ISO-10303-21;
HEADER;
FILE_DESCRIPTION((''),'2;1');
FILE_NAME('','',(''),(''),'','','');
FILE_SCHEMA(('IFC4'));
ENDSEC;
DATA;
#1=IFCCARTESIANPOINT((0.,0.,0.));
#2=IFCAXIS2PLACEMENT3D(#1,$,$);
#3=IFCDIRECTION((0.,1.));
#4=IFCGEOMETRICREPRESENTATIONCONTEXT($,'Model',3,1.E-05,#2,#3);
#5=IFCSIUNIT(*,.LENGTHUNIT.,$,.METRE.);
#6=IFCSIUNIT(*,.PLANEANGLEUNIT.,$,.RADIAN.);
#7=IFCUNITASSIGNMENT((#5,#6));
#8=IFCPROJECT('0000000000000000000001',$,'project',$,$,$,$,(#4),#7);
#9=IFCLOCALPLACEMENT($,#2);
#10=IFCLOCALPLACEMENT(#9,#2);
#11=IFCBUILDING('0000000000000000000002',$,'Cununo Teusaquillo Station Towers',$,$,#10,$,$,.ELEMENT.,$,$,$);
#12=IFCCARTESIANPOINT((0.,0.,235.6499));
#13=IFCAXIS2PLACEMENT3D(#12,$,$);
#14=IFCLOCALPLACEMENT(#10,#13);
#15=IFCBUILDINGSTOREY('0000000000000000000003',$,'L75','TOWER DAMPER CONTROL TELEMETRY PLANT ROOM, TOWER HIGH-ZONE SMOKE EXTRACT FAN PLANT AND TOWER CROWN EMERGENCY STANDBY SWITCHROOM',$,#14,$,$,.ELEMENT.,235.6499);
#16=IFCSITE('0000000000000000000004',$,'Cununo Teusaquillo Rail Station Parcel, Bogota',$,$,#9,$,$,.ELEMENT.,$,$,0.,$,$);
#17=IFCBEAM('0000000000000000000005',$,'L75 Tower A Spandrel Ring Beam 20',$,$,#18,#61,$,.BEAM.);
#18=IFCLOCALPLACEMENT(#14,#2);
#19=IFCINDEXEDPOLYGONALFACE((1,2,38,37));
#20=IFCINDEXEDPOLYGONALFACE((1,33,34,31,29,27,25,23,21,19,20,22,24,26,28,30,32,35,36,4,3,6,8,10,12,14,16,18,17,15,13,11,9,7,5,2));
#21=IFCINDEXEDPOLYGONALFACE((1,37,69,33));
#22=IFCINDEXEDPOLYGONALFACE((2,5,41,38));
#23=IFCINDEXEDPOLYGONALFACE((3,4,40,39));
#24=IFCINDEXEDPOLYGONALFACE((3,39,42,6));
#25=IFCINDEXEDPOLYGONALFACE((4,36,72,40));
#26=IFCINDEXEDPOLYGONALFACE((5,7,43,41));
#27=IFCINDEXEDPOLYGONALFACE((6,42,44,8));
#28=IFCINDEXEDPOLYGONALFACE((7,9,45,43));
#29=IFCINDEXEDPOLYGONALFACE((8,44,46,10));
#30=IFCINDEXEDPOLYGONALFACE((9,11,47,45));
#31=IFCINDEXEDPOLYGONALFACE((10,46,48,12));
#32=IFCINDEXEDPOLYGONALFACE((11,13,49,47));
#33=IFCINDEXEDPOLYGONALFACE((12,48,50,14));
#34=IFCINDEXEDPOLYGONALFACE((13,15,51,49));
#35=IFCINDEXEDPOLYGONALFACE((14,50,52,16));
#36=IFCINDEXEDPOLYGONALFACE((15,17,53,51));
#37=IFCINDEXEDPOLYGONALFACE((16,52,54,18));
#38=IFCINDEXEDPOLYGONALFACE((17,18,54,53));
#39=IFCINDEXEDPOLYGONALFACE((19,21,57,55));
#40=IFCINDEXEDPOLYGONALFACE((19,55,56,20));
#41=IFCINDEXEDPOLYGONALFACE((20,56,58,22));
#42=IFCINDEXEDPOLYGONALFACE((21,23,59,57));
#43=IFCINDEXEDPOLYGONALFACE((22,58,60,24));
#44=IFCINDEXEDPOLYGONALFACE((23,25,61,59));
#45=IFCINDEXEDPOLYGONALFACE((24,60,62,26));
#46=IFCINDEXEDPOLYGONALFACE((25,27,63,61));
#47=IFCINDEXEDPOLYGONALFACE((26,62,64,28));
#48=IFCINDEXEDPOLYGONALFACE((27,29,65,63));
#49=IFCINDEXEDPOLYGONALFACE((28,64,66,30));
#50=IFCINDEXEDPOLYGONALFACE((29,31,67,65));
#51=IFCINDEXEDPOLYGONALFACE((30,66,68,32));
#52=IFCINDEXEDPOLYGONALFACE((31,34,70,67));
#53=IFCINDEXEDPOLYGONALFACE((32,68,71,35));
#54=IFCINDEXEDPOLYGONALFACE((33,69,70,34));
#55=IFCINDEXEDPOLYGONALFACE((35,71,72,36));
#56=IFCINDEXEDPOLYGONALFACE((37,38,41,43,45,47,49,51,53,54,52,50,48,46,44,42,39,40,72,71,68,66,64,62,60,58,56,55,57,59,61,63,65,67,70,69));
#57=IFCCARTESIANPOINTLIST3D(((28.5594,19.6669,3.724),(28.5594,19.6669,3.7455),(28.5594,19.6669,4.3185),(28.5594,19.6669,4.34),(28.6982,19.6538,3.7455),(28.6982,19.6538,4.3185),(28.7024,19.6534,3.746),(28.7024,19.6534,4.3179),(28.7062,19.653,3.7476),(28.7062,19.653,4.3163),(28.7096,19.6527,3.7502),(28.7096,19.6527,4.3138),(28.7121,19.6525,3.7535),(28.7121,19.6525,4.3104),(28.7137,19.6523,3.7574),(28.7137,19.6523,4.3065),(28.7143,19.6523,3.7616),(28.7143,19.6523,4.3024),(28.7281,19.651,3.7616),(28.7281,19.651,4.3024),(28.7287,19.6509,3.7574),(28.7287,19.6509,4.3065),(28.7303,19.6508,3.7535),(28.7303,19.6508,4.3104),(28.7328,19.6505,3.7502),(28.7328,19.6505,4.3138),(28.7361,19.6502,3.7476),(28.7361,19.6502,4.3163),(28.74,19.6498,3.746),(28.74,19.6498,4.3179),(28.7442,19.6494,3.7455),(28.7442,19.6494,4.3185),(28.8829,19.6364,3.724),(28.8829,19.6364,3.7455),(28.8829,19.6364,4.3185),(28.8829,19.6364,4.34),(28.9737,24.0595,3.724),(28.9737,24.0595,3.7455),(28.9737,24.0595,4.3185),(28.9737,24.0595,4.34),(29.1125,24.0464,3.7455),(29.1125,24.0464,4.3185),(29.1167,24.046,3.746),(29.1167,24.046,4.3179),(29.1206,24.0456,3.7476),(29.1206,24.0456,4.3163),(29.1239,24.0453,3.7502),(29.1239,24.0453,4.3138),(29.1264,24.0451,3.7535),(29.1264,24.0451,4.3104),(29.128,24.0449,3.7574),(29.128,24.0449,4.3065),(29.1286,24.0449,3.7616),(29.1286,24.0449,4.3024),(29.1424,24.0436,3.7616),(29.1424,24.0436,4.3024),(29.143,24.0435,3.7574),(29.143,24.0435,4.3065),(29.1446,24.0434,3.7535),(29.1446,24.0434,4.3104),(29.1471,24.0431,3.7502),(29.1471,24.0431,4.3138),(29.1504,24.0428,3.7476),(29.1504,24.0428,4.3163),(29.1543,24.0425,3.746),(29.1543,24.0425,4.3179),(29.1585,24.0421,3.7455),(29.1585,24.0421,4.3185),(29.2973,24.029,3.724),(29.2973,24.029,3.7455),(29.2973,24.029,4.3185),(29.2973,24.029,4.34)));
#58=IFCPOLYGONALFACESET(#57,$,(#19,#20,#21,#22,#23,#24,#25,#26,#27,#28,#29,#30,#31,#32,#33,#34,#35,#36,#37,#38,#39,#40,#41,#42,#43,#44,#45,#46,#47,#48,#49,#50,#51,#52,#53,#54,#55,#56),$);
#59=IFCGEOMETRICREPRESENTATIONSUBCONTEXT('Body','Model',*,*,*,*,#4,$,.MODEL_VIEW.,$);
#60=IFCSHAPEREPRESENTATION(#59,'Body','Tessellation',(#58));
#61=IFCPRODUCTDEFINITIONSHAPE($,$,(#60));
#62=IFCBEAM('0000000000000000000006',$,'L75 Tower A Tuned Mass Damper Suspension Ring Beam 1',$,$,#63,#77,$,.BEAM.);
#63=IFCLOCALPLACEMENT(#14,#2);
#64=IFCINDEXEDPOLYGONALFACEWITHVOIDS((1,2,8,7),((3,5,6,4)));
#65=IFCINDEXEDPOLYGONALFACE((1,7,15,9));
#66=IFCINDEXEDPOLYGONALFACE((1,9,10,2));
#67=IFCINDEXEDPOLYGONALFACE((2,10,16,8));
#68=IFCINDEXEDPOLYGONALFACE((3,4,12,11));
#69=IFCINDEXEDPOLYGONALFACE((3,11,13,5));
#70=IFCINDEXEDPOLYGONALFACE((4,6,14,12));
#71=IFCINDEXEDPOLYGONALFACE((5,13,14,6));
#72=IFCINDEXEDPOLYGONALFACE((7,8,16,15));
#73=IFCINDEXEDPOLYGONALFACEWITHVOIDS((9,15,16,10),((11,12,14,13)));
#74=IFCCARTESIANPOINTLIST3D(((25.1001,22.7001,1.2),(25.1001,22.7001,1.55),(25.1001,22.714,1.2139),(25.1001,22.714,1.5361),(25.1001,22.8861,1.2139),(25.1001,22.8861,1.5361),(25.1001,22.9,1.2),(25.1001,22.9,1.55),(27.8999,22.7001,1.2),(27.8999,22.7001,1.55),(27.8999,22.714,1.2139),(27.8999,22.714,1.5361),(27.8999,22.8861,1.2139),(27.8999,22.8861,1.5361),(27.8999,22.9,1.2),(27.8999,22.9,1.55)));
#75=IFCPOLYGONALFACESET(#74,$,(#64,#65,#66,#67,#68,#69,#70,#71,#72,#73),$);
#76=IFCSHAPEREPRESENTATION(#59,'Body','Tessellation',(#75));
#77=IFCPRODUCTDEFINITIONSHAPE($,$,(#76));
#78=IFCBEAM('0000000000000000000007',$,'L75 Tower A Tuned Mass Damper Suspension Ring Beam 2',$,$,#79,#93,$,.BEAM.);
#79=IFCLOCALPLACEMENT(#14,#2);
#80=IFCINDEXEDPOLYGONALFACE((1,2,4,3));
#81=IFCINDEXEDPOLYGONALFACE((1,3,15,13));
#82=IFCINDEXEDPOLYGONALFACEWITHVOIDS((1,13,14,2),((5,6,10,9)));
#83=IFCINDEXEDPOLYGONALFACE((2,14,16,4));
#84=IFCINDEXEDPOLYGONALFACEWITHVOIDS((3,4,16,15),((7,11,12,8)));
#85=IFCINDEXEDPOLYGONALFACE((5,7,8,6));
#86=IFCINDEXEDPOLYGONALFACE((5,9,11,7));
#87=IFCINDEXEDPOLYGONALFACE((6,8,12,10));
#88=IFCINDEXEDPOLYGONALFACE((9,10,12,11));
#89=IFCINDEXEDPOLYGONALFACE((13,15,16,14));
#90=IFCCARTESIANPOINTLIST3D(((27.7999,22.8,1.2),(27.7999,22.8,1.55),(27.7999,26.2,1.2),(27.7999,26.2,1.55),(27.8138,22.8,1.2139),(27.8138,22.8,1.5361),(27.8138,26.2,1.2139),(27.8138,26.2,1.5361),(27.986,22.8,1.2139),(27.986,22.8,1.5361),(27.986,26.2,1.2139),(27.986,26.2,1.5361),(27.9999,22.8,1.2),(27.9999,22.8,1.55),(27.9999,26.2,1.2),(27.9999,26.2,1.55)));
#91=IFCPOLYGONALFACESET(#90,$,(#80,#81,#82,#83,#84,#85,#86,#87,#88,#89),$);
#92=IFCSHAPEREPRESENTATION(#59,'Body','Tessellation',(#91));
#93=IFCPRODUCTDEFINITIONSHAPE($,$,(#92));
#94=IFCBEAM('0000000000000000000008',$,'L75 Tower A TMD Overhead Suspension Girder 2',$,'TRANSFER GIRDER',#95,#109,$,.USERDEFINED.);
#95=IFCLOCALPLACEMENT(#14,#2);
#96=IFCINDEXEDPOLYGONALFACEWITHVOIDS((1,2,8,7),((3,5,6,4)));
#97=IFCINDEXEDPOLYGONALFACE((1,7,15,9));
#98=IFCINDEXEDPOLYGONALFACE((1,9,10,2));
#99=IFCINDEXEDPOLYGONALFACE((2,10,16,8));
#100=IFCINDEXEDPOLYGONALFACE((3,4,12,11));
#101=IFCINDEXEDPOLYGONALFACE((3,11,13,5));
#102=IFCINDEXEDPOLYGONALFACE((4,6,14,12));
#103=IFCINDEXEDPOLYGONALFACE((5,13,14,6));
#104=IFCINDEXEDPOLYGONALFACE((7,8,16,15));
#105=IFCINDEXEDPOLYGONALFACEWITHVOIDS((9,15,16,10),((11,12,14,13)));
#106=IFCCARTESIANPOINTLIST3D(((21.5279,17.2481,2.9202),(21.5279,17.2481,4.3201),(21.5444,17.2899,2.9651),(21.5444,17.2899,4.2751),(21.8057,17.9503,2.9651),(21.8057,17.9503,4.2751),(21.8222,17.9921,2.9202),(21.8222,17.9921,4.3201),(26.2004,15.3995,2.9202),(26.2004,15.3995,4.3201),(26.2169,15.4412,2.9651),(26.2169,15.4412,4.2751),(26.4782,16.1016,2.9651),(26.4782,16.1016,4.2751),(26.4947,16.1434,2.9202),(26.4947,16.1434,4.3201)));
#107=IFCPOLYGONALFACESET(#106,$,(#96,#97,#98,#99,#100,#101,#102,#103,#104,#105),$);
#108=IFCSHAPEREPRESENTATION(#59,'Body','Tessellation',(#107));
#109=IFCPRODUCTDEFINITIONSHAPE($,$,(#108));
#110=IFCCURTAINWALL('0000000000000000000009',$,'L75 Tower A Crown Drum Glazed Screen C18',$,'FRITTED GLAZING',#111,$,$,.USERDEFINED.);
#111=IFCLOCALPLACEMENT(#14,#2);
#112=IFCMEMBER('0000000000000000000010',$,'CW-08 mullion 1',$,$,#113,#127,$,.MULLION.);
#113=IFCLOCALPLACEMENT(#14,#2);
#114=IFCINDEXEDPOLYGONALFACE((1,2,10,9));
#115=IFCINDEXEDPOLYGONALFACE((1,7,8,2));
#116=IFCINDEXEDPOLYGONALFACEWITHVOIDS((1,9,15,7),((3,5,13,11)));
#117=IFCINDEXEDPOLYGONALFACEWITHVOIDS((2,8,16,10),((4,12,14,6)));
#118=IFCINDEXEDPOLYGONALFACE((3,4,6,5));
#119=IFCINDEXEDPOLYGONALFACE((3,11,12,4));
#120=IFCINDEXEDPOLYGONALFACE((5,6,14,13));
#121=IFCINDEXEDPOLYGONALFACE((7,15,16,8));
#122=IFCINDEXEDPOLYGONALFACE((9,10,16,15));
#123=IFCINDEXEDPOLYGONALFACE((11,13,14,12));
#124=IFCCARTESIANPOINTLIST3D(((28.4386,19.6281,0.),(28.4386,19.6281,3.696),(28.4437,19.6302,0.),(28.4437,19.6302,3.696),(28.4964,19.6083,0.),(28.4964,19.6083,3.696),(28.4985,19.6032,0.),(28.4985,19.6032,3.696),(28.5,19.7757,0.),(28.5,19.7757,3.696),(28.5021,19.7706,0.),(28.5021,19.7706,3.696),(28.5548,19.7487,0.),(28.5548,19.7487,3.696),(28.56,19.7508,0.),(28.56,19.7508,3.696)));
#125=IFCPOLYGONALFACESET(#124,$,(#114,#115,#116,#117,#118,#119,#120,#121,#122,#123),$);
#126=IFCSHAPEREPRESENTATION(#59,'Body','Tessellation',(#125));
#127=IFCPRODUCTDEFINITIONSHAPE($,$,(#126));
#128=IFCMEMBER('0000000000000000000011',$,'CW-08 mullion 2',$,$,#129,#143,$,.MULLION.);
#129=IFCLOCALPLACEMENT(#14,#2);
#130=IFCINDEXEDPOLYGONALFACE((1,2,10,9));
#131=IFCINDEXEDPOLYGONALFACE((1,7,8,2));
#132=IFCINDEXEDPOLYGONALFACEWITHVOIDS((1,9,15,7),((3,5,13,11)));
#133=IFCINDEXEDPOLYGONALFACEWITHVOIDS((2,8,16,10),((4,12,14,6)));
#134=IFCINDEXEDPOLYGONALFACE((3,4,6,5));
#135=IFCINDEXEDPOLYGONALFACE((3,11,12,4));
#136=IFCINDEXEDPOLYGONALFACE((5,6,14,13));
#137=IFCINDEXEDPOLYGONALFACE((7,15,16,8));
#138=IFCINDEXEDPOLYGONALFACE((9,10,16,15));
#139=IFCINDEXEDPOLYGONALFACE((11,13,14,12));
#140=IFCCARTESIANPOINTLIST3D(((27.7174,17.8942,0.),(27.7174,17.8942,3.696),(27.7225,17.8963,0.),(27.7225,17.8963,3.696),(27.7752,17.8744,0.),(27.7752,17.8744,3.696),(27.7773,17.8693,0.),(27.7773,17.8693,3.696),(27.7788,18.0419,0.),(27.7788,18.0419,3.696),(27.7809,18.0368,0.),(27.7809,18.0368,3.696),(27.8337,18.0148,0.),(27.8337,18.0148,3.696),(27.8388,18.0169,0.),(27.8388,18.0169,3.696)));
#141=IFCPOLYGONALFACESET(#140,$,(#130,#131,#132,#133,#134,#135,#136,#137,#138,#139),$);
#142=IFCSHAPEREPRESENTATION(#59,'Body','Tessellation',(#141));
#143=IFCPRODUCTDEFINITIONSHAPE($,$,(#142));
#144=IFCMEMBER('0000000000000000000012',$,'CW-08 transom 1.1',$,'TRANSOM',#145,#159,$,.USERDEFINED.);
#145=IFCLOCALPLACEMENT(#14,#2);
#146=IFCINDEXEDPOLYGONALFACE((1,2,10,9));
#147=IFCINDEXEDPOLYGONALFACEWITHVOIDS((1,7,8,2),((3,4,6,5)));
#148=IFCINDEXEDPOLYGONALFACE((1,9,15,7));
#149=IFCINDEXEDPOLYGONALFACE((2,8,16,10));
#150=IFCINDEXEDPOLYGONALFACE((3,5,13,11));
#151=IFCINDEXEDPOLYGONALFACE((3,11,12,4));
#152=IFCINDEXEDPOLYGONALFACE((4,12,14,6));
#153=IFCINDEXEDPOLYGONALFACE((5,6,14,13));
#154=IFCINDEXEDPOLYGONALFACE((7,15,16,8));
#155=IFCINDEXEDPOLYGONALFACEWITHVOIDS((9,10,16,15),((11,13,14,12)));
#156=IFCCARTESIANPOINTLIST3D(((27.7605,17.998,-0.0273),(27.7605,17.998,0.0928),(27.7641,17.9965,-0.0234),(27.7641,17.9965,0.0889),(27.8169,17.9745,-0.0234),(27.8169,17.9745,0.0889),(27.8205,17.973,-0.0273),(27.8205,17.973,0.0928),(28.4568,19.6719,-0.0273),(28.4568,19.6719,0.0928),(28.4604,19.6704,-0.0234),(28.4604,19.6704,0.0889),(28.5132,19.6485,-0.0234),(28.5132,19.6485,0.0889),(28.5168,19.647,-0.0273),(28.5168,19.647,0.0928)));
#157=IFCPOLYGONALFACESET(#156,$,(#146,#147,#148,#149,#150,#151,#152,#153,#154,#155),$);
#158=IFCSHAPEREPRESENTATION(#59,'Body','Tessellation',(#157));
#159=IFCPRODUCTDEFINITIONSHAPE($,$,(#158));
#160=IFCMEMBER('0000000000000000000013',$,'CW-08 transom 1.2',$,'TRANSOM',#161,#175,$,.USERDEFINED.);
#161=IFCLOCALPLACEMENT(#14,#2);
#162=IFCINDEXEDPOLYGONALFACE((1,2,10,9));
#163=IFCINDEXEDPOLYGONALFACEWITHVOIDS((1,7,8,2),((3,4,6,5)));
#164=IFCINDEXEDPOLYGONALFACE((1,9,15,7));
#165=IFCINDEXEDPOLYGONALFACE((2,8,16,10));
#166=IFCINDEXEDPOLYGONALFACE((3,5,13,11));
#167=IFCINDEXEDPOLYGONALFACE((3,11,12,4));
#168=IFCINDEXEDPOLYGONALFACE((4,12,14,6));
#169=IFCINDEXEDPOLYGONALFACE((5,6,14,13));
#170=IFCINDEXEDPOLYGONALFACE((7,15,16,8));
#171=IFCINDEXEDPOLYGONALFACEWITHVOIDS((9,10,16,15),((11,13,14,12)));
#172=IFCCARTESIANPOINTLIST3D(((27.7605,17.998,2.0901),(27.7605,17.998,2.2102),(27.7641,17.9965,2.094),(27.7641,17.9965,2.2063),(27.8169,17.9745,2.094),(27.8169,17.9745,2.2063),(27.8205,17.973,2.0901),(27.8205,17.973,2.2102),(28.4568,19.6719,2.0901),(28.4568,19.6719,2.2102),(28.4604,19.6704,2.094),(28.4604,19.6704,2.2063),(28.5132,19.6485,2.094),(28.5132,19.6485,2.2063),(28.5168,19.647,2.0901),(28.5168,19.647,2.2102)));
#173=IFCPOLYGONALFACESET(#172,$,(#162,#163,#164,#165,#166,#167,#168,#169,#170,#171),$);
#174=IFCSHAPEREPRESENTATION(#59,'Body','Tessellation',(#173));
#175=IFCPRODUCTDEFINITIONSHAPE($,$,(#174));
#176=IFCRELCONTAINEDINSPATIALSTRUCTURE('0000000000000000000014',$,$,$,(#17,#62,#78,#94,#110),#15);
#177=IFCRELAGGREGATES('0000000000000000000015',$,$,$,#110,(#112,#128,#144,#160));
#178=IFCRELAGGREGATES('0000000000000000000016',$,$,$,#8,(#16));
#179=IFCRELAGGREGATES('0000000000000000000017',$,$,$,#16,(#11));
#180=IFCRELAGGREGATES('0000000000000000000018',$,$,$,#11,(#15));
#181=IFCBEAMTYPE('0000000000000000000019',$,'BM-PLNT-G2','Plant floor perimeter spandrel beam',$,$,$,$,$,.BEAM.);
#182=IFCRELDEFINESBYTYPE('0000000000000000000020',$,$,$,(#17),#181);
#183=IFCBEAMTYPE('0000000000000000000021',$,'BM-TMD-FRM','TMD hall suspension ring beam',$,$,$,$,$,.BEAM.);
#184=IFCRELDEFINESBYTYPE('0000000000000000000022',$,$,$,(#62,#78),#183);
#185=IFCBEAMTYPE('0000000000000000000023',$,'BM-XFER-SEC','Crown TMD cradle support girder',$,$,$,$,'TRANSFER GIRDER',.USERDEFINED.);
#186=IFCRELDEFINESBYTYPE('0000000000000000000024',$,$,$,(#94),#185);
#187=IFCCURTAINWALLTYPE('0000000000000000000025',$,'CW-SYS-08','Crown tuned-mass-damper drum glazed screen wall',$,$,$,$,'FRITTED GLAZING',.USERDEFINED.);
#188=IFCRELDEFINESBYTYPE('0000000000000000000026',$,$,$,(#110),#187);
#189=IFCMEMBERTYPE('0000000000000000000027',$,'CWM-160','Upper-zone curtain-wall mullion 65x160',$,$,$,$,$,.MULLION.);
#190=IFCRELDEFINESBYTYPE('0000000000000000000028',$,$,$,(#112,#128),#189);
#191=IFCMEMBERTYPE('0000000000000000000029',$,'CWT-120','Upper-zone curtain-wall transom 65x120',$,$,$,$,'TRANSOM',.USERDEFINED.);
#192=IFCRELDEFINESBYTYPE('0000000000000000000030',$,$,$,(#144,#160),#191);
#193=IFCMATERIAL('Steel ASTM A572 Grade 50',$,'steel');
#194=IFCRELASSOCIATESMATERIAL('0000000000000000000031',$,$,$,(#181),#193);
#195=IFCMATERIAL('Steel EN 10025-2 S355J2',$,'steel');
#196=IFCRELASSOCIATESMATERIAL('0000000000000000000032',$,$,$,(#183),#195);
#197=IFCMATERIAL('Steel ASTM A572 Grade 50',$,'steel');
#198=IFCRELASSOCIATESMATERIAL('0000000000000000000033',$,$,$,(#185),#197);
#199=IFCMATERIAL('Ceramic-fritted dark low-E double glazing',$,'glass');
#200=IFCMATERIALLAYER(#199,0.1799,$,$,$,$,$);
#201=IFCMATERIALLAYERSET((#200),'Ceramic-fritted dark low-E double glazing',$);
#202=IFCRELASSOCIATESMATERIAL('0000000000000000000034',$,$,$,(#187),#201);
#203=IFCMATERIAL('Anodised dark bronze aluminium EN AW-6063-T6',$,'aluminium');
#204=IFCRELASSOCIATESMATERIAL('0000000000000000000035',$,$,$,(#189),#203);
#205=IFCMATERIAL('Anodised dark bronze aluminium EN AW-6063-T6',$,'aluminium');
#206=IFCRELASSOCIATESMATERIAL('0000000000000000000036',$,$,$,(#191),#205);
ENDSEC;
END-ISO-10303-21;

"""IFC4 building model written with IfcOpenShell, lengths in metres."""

from ifc_helpers import new_model, si_unit, direction, frame, origin, origin_2d, place, context, subcontext, project, spatial, hollow_rectangle, i_section, extrude, material, layer, layer_set, material_profile, profile_set, type_object, element, aggregate, save


model = new_model("IFC4")

# Units and contexts
model_context = context("Model", 3, precision=1e-05, world=origin(), true_north=direction((0.0, 1.0)))
body_context = subcontext(model_context, "Body", "Model", "MODEL_VIEW")
ifc_project = project(units=[si_unit("LENGTHUNIT", "METRE"), si_unit("PLANEANGLEUNIT", "RADIAN")], contexts=[model_context])

# Site, building, storey
site_placement = place(None, origin())
site = spatial("IfcSite", under=ifc_project, at=site_placement, Name="Cununo Teusaquillo Rail Station Parcel, Bogota", CompositionType="ELEMENT", RefElevation=0.0)
building_placement = place(site_placement, origin())
building = spatial("IfcBuilding", under=site, at=building_placement, Name="Cununo Teusaquillo Station Towers", CompositionType="ELEMENT")
storey_placement = place(building_placement, frame((0.0, 0.0, 235.6499)))
storey = spatial("IfcBuildingStorey", under=building, at=storey_placement, Name="L75", Description="TOWER DAMPER CONTROL TELEMETRY PLANT ROOM, TOWER HIGH-ZONE SMOKE EXTRACT FAN PLANT AND TOWER CROWN EMERGENCY STANDBY SWITCHROOM", CompositionType="ELEMENT", Elevation=235.6499)

# Beams
ifc_material_1 = material(Name="Steel ASTM A572 Grade 50", Category="steel")
ifc_material_profile_1 = material_profile(ifc_material_1, i_section(OverallWidth=0.325, OverallDepth=0.616, WebThickness=0.0139, FlangeThickness=0.0215, FilletRadius=0.0161, at=origin_2d()), Name="W24X117")
ifc_profile_set_1 = profile_set([ifc_material_profile_1], Name="Steel ASTM A572 Grade 50")
beam_type_1 = type_object("IfcBeamType", Name="BM-PLNT-G2", Description="Plant floor perimeter spandrel beam", PredefinedType="BEAM", material=ifc_profile_set_1)
beam_1_placement = place(storey_placement, frame((28.7212, 19.6516, 4.032), z_axis=(0.093903, 0.995581, 0.0), x_axis=(-0.995581, 0.093903, 0.0)))
element("IfcBeam", 1, at=beam_1_placement, inside=storey, type_object=beam_type_1, Name="L75 Tower A Spandrel Ring Beam 20", PredefinedType="BEAM", context=body_context, shape_type="SweptSolid", body=[
    extrude(i_section(OverallWidth=0.325, OverallDepth=0.616, WebThickness=0.0139, FlangeThickness=0.0215, FilletRadius=0.0161, at=origin_2d()), origin(), (0.0, 0.0, 1.0), 4.4121),
])
ifc_material_2 = material(Name="Steel EN 10025-2 S355J2", Category="steel")
ifc_material_profile_2 = material_profile(ifc_material_2, hollow_rectangle(XDim=0.2, YDim=0.3501, WallThickness=0.0139, at=origin_2d()), Name="RHS 350x200x14")
ifc_profile_set_2 = profile_set([ifc_material_profile_2], Name="Steel EN 10025-2 S355J2")
beam_type_2 = type_object("IfcBeamType", Name="BM-TMD-FRM", Description="TMD hall suspension ring beam", PredefinedType="BEAM", material=ifc_profile_set_2)
beam_2_placement = place(storey_placement, frame((25.1001, 22.8, 1.375), z_axis=(1.0, 0.0, 0.0), x_axis=(0.0, 1.0, 0.0)))
element("IfcBeam", 2, at=beam_2_placement, inside=storey, type_object=beam_type_2, Name="L75 Tower A Tuned Mass Damper Suspension Ring Beam 1", PredefinedType="BEAM", context=body_context, shape_type="SweptSolid", body=[
    extrude(hollow_rectangle(XDim=0.2, YDim=0.3501, WallThickness=0.0139, at=origin_2d()), origin(), (0.0, 0.0, 1.0), 2.7998),
])
beam_3_placement = place(storey_placement, frame((27.8999, 22.8, 1.375), z_axis=(0.0, 1.0, 0.0), x_axis=(-1.0, 0.0, 0.0)))
element("IfcBeam", 3, at=beam_3_placement, inside=storey, type_object=beam_type_2, Name="L75 Tower A Tuned Mass Damper Suspension Ring Beam 2", PredefinedType="BEAM", context=body_context, shape_type="SweptSolid", body=[
    extrude(hollow_rectangle(XDim=0.2, YDim=0.3501, WallThickness=0.0139, at=origin_2d()), origin(), (0.0, 0.0, 1.0), 3.3999),
])
ifc_material_3 = material(Name="Steel ASTM A572 Grade 50", Category="steel")
ifc_material_profile_3 = material_profile(ifc_material_3, hollow_rectangle(XDim=0.8, YDim=1.3999, WallThickness=0.0449, at=origin_2d()), Name="BOX 1400x800x45")
ifc_profile_set_3 = profile_set([ifc_material_profile_3], Name="Steel ASTM A572 Grade 50")
beam_type_3 = type_object("IfcBeamType", Name="BM-XFER-SEC", Description="Crown TMD cradle support girder", ElementType="TRANSFER GIRDER", PredefinedType="USERDEFINED", material=ifc_profile_set_3)
beam_4_placement = place(storey_placement, frame((21.675, 17.6201, 3.6201), z_axis=(0.929864, -0.367903, 0.0), x_axis=(0.367903, 0.929864, 0.0)))
element("IfcBeam", 4, at=beam_4_placement, inside=storey, type_object=beam_type_3, Name="L75 Tower A TMD Overhead Suspension Girder 2", ObjectType="TRANSFER GIRDER", PredefinedType="USERDEFINED", context=body_context, shape_type="SweptSolid", body=[
    extrude(hollow_rectangle(XDim=0.8, YDim=1.3999, WallThickness=0.0449, at=origin_2d()), origin(), (0.0, 0.0, 1.0), 5.0249),
])

# Curtain wall, members
ifc_material_4 = material(Name="Ceramic-fritted dark low-E double glazing", Category="glass")
ifc_layer_1 = layer(ifc_material_4, 0.1799)
ifc_layer_set_1 = layer_set([ifc_layer_1], Name="Ceramic-fritted dark low-E double glazing")
curtain_wall_type = type_object("IfcCurtainWallType", Name="CW-SYS-08", Description="Crown tuned-mass-damper drum glazed screen wall", ElementType="FRITTED GLAZING", PredefinedType="USERDEFINED", material=ifc_layer_set_1)
curtain_wall_placement = place(storey_placement, origin())
curtain_wall = element("IfcCurtainWall", 5, at=curtain_wall_placement, inside=storey, type_object=curtain_wall_type, Name="L75 Tower A Crown Drum Glazed Screen C18", ObjectType="FRITTED GLAZING", PredefinedType="USERDEFINED")
ifc_material_5 = material(Name="Anodised dark bronze aluminium EN AW-6063-T6", Category="aluminium")
ifc_material_profile_4 = material_profile(ifc_material_5, hollow_rectangle(XDim=0.0649, YDim=0.1599, WallThickness=0.0039, at=origin_2d()), Name="CW-MULL-65x160")
ifc_profile_set_4 = profile_set([ifc_material_profile_4], Name="Anodised dark bronze aluminium EN AW-6063-T6")
member_type_1 = type_object("IfcMemberType", Name="CWM-160", Description="Upper-zone curtain-wall mullion 65x160", PredefinedType="MULLION", material=ifc_profile_set_4)
member_1_placement = place(storey_placement, frame((28.4993, 19.6895, 0.0), z_axis=(0.0, 0.0, 1.0), x_axis=(0.923307, -0.384063, 0.0)))
member_1 = element("IfcMember", 6, at=member_1_placement, type_object=member_type_1, Name="CW-08 mullion 1", PredefinedType="MULLION", context=body_context, shape_type="SweptSolid", body=[
    extrude(hollow_rectangle(XDim=0.0649, YDim=0.1599, WallThickness=0.0039, at=origin_2d()), origin(), (0.0, 0.0, 1.0), 3.696),
])
member_2_placement = place(storey_placement, frame((27.7781, 17.9556, 0.0), z_axis=(0.0, 0.0, 1.0), x_axis=(0.923307, -0.384063, 0.0)))
member_2 = element("IfcMember", 7, at=member_2_placement, type_object=member_type_1, Name="CW-08 mullion 2", PredefinedType="MULLION", context=body_context, shape_type="SweptSolid", body=[
    extrude(hollow_rectangle(XDim=0.0649, YDim=0.1599, WallThickness=0.0039, at=origin_2d()), origin(), (0.0, 0.0, 1.0), 3.696),
])
ifc_material_6 = material(Name="Anodised dark bronze aluminium EN AW-6063-T6", Category="aluminium")
ifc_material_profile_5 = material_profile(ifc_material_6, hollow_rectangle(XDim=0.0649, YDim=0.1201, WallThickness=0.0039, at=origin_2d()), Name="CW-TRAN-65x120")
ifc_profile_set_5 = profile_set([ifc_material_profile_5], Name="Anodised dark bronze aluminium EN AW-6063-T6")
member_type_2 = type_object("IfcMemberType", Name="CWT-120", Description="Upper-zone curtain-wall transom 65x120", ElementType="TRANSOM", PredefinedType="USERDEFINED", material=ifc_profile_set_5)
member_3_placement = place(storey_placement, frame((28.4868, 19.6594, 0.0327), z_axis=(-0.38408, -0.9233, 0.0), x_axis=(0.9233, -0.38408, 0.0)))
member_3 = element("IfcMember", 8, at=member_3_placement, type_object=member_type_2, Name="CW-08 transom 1.1", ObjectType="TRANSOM", PredefinedType="USERDEFINED", context=body_context, shape_type="SweptSolid", body=[
    extrude(hollow_rectangle(XDim=0.0649, YDim=0.1201, WallThickness=0.0039, at=origin_2d()), origin(), (0.0, 0.0, 1.0), 1.813),
])
member_4_placement = place(storey_placement, frame((28.4868, 19.6594, 2.1501), z_axis=(-0.38408, -0.9233, 0.0), x_axis=(0.9233, -0.38408, 0.0)))
member_4 = element("IfcMember", 9, at=member_4_placement, type_object=member_type_2, Name="CW-08 transom 1.2", ObjectType="TRANSOM", PredefinedType="USERDEFINED", context=body_context, shape_type="SweptSolid", body=[
    extrude(hollow_rectangle(XDim=0.0649, YDim=0.1201, WallThickness=0.0039, at=origin_2d()), origin(), (0.0, 0.0, 1.0), 1.813),
])

aggregate(curtain_wall, [member_1, member_2, member_3, member_4])

save(model, "model.ifc")
